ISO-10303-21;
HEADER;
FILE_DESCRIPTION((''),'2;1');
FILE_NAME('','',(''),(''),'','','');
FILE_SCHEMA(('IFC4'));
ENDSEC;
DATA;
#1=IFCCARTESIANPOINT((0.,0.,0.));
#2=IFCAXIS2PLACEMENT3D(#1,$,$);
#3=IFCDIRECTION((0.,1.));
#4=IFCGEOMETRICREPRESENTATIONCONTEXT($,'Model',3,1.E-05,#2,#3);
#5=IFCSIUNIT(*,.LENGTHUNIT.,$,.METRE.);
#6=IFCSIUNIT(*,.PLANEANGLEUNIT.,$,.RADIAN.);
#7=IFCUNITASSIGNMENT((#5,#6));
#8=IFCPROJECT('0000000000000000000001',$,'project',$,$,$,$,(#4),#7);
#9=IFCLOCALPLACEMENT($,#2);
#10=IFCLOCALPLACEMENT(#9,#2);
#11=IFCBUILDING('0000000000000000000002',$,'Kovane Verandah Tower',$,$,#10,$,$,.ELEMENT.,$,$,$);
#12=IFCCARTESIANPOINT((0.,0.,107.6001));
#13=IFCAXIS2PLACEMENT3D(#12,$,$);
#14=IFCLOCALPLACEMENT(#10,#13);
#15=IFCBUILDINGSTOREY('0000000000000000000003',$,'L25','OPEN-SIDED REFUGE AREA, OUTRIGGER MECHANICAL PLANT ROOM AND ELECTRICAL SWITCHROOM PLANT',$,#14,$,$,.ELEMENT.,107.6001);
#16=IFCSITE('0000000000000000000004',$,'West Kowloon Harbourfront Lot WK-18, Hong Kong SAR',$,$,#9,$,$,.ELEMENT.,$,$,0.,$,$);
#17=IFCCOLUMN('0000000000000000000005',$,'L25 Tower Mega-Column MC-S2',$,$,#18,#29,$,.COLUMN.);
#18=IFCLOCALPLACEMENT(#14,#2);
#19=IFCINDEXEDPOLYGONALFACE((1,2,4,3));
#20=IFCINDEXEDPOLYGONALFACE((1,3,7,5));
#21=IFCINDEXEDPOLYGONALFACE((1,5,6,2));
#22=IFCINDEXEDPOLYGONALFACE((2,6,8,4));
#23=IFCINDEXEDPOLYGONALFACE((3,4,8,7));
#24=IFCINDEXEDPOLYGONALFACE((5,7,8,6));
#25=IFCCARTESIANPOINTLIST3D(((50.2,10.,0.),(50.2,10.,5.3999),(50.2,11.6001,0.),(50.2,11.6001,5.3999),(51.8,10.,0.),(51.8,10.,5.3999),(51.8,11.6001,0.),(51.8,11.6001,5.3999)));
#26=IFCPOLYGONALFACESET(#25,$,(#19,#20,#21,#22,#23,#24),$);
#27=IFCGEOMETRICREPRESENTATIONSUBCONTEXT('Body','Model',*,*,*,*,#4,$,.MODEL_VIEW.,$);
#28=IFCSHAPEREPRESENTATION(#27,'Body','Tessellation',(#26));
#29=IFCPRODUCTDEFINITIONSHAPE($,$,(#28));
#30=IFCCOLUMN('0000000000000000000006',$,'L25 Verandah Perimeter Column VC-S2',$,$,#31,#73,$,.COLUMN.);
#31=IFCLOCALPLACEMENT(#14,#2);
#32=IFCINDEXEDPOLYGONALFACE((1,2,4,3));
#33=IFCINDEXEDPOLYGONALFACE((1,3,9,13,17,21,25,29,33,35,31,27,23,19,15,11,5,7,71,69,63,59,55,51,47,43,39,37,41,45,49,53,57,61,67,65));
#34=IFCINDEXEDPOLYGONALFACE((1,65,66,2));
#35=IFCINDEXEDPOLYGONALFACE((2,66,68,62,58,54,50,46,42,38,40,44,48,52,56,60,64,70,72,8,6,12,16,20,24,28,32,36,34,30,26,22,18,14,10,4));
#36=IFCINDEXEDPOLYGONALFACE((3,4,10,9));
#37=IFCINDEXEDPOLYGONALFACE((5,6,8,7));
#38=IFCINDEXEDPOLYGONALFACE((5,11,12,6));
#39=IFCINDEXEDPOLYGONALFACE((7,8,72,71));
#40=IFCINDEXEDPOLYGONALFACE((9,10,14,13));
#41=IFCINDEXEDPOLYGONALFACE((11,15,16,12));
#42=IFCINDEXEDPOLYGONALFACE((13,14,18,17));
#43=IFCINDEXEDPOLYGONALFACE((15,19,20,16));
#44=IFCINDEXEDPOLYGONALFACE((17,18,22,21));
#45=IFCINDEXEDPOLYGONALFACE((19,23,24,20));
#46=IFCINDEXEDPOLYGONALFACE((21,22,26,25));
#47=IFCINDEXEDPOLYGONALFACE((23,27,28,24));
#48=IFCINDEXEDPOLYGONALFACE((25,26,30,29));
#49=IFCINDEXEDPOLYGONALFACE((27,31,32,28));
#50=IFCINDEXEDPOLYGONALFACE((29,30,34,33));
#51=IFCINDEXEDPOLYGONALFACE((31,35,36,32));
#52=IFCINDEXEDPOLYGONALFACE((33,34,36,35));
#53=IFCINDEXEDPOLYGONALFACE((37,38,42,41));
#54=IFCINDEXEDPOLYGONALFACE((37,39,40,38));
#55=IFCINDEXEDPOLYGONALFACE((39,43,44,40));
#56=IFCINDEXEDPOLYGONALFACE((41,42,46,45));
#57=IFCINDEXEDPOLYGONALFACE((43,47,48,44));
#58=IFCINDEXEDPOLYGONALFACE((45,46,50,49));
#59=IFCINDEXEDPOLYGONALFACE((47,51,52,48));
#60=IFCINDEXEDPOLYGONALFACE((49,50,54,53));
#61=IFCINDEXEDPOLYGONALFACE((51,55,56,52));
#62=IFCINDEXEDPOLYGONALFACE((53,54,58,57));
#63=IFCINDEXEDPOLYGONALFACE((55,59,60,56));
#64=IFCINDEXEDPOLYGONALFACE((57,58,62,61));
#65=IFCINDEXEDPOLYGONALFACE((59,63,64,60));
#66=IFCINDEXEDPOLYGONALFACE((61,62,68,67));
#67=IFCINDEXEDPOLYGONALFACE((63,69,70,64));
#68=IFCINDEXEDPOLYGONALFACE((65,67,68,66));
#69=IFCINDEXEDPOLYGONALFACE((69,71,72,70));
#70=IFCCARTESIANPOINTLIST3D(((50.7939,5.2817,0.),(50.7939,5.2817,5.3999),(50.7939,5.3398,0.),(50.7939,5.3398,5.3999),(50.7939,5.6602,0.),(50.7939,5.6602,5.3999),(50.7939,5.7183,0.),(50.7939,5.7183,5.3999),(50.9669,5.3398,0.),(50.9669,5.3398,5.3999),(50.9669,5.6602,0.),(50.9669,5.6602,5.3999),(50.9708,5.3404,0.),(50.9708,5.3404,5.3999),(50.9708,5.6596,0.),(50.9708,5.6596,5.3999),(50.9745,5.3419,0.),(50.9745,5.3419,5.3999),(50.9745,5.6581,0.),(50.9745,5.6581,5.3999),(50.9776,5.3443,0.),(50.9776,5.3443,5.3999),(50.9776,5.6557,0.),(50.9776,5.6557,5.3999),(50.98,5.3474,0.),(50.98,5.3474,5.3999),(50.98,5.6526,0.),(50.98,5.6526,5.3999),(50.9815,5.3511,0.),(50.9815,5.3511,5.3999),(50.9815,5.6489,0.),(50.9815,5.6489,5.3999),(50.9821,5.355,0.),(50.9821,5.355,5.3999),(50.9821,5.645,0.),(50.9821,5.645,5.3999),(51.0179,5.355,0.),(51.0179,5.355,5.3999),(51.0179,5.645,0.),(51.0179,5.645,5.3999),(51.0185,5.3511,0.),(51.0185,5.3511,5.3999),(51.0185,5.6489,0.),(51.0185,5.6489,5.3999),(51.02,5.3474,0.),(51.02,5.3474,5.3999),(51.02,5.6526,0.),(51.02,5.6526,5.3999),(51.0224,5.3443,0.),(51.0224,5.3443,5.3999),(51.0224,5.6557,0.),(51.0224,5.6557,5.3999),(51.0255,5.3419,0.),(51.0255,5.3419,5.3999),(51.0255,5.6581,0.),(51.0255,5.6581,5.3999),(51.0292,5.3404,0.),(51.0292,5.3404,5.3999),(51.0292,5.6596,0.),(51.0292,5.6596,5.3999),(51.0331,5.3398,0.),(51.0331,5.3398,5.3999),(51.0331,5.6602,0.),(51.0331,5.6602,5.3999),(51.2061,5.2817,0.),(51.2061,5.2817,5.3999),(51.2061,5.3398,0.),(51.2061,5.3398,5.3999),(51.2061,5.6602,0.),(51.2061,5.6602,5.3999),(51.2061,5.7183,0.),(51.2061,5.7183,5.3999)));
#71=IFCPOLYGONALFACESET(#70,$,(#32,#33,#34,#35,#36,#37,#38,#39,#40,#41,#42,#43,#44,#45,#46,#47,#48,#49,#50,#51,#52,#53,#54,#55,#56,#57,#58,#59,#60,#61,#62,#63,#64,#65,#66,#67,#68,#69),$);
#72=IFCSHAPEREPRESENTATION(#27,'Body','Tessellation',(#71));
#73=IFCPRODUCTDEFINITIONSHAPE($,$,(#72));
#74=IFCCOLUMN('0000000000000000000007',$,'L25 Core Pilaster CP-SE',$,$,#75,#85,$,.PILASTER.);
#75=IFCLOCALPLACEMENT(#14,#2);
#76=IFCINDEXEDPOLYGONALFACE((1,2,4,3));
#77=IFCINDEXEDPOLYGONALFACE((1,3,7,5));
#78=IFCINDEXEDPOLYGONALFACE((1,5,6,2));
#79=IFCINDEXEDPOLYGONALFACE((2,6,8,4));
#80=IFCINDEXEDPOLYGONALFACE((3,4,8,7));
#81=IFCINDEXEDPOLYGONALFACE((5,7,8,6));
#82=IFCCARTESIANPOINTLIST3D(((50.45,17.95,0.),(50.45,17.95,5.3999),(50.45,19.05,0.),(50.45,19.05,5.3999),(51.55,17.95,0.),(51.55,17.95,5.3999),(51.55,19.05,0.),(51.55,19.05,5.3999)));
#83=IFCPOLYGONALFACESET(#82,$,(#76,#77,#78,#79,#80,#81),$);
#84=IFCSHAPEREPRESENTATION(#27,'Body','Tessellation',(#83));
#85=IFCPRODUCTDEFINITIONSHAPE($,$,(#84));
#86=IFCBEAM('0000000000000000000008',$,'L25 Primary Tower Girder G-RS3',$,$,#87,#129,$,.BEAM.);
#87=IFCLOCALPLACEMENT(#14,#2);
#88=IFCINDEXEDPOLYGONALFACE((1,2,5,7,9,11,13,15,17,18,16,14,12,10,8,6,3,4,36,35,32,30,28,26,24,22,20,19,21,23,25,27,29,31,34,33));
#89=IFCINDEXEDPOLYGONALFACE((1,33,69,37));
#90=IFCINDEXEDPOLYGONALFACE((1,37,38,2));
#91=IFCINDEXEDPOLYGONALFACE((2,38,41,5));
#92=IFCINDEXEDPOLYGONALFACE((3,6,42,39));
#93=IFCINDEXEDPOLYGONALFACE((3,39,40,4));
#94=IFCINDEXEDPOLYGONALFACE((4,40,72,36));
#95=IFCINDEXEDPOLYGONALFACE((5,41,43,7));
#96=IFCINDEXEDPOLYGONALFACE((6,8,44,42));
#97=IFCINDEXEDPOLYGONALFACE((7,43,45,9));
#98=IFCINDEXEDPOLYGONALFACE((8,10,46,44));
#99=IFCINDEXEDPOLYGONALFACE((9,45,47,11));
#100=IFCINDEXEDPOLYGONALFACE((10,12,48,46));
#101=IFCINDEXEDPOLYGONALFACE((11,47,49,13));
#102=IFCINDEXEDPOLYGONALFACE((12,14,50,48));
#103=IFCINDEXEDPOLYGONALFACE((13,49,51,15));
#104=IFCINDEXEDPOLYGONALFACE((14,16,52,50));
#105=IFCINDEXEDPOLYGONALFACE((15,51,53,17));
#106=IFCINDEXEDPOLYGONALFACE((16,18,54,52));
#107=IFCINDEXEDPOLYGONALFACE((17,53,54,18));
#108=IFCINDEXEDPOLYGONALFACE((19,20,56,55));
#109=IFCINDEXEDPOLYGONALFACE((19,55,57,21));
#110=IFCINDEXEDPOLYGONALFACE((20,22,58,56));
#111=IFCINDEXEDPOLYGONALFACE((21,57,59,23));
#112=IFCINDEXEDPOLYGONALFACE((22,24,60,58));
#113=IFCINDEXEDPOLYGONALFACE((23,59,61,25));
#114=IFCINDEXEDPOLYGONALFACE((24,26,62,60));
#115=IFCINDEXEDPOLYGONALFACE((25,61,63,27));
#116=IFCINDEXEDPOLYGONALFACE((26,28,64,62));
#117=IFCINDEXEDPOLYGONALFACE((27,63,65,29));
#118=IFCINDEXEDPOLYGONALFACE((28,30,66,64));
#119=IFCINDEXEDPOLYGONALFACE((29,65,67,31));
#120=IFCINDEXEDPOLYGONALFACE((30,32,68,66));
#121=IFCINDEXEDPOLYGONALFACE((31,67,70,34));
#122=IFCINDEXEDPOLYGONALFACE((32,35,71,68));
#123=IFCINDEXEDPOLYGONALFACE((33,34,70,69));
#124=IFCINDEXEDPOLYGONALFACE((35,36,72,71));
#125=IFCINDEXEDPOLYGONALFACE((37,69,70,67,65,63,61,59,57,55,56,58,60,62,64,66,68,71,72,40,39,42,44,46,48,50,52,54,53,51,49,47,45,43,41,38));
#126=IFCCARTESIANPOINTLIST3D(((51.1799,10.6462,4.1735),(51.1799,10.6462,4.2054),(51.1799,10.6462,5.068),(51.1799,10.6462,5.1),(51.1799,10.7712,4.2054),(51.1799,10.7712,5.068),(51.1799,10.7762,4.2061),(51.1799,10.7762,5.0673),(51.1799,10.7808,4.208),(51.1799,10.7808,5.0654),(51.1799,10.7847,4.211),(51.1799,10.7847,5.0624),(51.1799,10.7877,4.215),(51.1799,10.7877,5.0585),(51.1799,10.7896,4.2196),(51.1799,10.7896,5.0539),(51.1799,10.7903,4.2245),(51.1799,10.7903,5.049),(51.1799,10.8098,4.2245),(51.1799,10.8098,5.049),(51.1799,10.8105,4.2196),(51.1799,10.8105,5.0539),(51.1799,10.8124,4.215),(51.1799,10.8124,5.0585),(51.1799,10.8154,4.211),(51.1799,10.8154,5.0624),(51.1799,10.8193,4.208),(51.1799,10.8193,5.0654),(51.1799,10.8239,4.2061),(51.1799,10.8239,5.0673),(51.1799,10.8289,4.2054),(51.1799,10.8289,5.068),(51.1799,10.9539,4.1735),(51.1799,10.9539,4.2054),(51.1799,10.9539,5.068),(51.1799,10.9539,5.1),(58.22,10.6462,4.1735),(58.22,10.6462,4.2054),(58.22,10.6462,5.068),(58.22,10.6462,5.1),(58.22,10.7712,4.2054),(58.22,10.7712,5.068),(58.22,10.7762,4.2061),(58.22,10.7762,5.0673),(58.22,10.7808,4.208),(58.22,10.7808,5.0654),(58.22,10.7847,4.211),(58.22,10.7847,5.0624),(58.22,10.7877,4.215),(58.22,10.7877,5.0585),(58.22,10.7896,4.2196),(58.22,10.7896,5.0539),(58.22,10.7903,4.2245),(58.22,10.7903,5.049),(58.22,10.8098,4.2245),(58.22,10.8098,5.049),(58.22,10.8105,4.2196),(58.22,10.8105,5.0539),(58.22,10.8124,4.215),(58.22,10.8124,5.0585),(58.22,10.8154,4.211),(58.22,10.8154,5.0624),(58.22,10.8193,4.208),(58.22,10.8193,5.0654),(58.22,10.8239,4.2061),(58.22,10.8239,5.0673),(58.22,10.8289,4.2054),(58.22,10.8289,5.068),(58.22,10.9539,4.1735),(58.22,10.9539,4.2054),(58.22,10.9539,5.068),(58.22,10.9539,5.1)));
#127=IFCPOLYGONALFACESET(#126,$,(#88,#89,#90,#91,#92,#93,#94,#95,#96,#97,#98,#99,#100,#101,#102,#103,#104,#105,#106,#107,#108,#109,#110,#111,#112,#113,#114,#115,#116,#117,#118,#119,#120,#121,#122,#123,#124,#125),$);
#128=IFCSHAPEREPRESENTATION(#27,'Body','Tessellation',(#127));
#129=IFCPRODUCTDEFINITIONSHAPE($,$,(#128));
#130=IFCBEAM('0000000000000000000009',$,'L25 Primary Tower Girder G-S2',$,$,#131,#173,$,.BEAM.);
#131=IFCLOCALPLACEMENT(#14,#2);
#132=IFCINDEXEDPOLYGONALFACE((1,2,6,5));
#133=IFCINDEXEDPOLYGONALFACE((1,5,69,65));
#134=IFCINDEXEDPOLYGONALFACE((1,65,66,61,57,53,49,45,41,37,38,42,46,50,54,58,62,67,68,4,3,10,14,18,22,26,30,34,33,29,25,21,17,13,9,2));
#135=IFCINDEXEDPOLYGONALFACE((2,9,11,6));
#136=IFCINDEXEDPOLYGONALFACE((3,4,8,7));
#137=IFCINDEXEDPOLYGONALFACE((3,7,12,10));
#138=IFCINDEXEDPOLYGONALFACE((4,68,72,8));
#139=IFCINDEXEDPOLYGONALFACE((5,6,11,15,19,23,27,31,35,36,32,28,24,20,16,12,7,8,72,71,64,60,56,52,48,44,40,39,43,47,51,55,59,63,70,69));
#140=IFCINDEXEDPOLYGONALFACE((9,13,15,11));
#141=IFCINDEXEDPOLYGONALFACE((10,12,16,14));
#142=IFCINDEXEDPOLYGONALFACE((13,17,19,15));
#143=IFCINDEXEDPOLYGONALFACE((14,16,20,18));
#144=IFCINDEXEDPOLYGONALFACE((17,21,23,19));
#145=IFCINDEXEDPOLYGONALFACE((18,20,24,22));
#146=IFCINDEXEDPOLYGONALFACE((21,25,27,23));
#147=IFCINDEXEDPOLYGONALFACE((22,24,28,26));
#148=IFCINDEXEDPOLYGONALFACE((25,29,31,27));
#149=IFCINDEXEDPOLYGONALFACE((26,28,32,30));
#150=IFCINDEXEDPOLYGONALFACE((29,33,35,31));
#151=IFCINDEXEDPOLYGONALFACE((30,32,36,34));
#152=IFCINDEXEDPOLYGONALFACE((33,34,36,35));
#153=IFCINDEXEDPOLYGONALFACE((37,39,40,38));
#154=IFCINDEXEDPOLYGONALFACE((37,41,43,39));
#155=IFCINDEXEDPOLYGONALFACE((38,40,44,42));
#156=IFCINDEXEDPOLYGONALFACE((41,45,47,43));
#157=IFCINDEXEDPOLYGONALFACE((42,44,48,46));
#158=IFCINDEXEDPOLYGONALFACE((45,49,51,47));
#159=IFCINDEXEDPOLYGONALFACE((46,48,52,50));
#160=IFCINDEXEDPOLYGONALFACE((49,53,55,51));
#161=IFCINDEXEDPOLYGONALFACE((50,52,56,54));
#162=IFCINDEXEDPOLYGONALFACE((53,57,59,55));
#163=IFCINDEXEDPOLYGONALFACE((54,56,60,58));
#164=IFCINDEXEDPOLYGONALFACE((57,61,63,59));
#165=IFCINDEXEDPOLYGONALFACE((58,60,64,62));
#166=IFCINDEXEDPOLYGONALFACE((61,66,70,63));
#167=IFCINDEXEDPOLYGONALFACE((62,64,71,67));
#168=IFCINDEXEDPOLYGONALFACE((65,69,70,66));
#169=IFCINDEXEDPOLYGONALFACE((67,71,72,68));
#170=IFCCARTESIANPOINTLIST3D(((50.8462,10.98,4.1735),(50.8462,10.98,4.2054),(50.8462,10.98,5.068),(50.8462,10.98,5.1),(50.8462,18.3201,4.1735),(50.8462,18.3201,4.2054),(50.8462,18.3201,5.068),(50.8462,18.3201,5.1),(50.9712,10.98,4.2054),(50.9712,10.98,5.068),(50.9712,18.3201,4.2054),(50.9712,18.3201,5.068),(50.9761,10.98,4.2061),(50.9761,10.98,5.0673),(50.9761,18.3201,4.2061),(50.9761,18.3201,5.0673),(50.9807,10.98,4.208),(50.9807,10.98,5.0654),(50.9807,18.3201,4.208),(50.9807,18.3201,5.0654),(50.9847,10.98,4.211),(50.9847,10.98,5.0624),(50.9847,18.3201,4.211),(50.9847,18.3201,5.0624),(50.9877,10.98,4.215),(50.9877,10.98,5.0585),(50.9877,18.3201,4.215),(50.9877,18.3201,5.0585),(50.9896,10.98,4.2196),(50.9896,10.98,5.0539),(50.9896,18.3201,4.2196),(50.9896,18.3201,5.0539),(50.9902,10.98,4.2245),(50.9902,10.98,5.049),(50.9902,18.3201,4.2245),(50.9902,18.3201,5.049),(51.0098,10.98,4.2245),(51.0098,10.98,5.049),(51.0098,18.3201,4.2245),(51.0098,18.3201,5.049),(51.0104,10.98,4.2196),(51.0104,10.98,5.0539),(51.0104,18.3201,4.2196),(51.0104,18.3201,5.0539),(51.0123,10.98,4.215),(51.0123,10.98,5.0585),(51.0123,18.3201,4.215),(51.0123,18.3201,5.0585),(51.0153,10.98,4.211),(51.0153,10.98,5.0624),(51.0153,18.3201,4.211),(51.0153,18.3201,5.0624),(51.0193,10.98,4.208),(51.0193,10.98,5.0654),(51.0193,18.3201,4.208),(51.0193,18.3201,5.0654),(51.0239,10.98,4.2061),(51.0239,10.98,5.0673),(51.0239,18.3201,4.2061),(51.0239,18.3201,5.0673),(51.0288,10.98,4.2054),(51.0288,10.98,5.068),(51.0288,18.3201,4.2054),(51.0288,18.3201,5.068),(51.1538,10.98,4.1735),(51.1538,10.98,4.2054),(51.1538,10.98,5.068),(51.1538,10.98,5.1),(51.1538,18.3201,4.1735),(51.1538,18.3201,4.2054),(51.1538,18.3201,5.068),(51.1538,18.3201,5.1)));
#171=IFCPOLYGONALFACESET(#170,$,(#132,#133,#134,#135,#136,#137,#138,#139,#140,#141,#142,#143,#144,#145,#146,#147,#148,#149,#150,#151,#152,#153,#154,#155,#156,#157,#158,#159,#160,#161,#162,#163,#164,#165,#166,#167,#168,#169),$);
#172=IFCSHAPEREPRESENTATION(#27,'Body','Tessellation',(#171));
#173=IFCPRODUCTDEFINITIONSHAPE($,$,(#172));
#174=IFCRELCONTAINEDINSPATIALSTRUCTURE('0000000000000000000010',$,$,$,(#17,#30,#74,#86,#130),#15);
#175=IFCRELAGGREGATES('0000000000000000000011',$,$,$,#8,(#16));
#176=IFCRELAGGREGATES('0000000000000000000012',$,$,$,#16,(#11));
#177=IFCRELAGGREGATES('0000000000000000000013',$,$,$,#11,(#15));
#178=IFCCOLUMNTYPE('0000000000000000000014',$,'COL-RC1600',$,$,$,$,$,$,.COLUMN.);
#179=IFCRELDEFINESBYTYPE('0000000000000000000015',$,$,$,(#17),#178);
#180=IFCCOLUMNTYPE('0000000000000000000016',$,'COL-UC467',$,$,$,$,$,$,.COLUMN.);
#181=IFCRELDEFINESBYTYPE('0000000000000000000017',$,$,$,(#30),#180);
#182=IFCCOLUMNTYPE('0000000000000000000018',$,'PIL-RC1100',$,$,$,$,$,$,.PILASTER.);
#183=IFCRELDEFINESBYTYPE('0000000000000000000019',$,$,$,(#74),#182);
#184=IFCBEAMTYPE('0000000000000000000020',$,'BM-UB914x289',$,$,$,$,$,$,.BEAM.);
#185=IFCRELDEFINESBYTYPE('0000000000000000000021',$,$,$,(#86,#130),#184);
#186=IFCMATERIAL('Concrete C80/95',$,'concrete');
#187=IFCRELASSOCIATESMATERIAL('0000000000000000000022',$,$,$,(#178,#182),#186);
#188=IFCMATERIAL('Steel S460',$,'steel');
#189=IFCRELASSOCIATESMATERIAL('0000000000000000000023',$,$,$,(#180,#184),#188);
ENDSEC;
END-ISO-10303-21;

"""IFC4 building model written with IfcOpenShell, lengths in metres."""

from ifc_helpers import new_model, si_unit, direction, frame, origin, origin_2d, place, context, subcontext, project, spatial, rectangle, i_section, extrude, material, material_profile, profile_set, type_object, element, save


model = new_model("IFC4")

# Units and contexts
model_context = context("Model", 3, precision=1e-05, world=origin(), true_north=direction((0.0, 1.0)))
body_context = subcontext(model_context, "Body", "Model", "MODEL_VIEW")
ifc_project = project(units=[si_unit("LENGTHUNIT", "METRE"), si_unit("PLANEANGLEUNIT", "RADIAN")], contexts=[model_context])

# Site, building, storey
site_placement = place(None, origin())
site = spatial("IfcSite", under=ifc_project, at=site_placement, Name="West Kowloon Harbourfront Lot WK-18, Hong Kong SAR", CompositionType="ELEMENT", RefElevation=0.0)
building_placement = place(site_placement, origin())
building = spatial("IfcBuilding", under=site, at=building_placement, Name="Kovane Verandah Tower", CompositionType="ELEMENT")
storey_placement = place(building_placement, frame((0.0, 0.0, 107.6001)))
storey = spatial("IfcBuildingStorey", under=building, at=storey_placement, Name="L25", Description="OPEN-SIDED REFUGE AREA, OUTRIGGER MECHANICAL PLANT ROOM AND ELECTRICAL SWITCHROOM PLANT", CompositionType="ELEMENT", Elevation=107.6001)

# Columns
ifc_material_1 = material(Name="Concrete C80/95", Category="concrete")
ifc_material_profile_1 = material_profile(ifc_material_1, rectangle(XDim=1.6001, YDim=1.6001, at=origin_2d()), Name="RC1600x1600")
ifc_profile_set_1 = profile_set([ifc_material_profile_1], Name="Concrete C80/95")
column_type_1 = type_object("IfcColumnType", Name="COL-RC1600", PredefinedType="COLUMN", material=ifc_profile_set_1)
column_1_placement = place(storey_placement, frame((51.0, 10.8, 0.0), z_axis=(0.0, 0.0, 1.0), x_axis=(1.0, 0.0, 0.0)))
element("IfcColumn", 1, at=column_1_placement, inside=storey, type_object=column_type_1, Name="L25 Tower Mega-Column MC-S2", PredefinedType="COLUMN", context=body_context, shape_type="SweptSolid", body=[
    extrude(rectangle(XDim=1.6001, YDim=1.6001, at=origin_2d()), origin(), (0.0, 0.0, 1.0), 5.3999),
])
ifc_material_2 = material(Name="Steel S460", Category="steel")
ifc_material_profile_2 = material_profile(ifc_material_2, i_section(OverallWidth=0.4121, OverallDepth=0.4365, WebThickness=0.0359, FlangeThickness=0.0581, FilletRadius=0.0151, at=origin_2d()), Name="UC356x406x467")
ifc_profile_set_2 = profile_set([ifc_material_profile_2], Name="Steel S460")
column_type_2 = type_object("IfcColumnType", Name="COL-UC467", PredefinedType="COLUMN", material=ifc_profile_set_2)
column_2_placement = place(storey_placement, frame((51.0, 5.5, 0.0), z_axis=(0.0, 0.0, 1.0), x_axis=(1.0, 0.0, 0.0)))
element("IfcColumn", 2, at=column_2_placement, inside=storey, type_object=column_type_2, Name="L25 Verandah Perimeter Column VC-S2", PredefinedType="COLUMN", context=body_context, shape_type="SweptSolid", body=[
    extrude(i_section(OverallWidth=0.4121, OverallDepth=0.4365, WebThickness=0.0359, FlangeThickness=0.0581, FilletRadius=0.0151, at=origin_2d()), origin(), (0.0, 0.0, 1.0), 5.3999),
])
ifc_material_profile_3 = material_profile(ifc_material_1, rectangle(XDim=1.1001, YDim=1.1001, at=origin_2d()), Name="RC1100x1100")
ifc_profile_set_3 = profile_set([ifc_material_profile_3], Name="Concrete C80/95")
column_type_3 = type_object("IfcColumnType", Name="PIL-RC1100", PredefinedType="PILASTER", material=ifc_profile_set_3)
column_3_placement = place(storey_placement, frame((51.0, 18.5, 0.0), z_axis=(0.0, 0.0, 1.0), x_axis=(1.0, 0.0, 0.0)))
element("IfcColumn", 3, at=column_3_placement, inside=storey, type_object=column_type_3, Name="L25 Core Pilaster CP-SE", PredefinedType="PILASTER", context=body_context, shape_type="SweptSolid", body=[
    extrude(rectangle(XDim=1.1001, YDim=1.1001, at=origin_2d()), origin(), (0.0, 0.0, 1.0), 5.3999),
])

# Beams
ifc_material_profile_4 = material_profile(ifc_material_2, i_section(OverallWidth=0.3076, OverallDepth=0.9265, WebThickness=0.0195, FlangeThickness=0.032, FilletRadius=0.019, at=origin_2d()), Name="UB914x305x289")
ifc_profile_set_4 = profile_set([ifc_material_profile_4], Name="Steel S460")
beam_type = type_object("IfcBeamType", Name="BM-UB914x289", PredefinedType="BEAM", material=ifc_profile_set_4)
beam_1_placement = place(storey_placement, frame((51.1799, 10.8, 4.6367), z_axis=(1.0, 0.0, 0.0), x_axis=(0.0, 1.0, 0.0)))
element("IfcBeam", 4, at=beam_1_placement, inside=storey, type_object=beam_type, Name="L25 Primary Tower Girder G-RS3", PredefinedType="BEAM", context=body_context, shape_type="SweptSolid", body=[
    extrude(i_section(OverallWidth=0.3076, OverallDepth=0.9265, WebThickness=0.0195, FlangeThickness=0.032, FilletRadius=0.019, at=origin_2d()), origin(), (0.0, 0.0, 1.0), 7.04),
])
beam_2_placement = place(storey_placement, frame((51.0, 18.3201, 4.6367), z_axis=(0.0, -1.0, 0.0), x_axis=(1.0, 0.0, 0.0)))
element("IfcBeam", 5, at=beam_2_placement, inside=storey, type_object=beam_type, Name="L25 Primary Tower Girder G-S2", PredefinedType="BEAM", context=body_context, shape_type="SweptSolid", body=[
    extrude(i_section(OverallWidth=0.3076, OverallDepth=0.9265, WebThickness=0.0195, FlangeThickness=0.032, FilletRadius=0.019, at=origin_2d()), origin(), (0.0, 0.0, 1.0), 7.3401),
])

save(model, "model.ifc")
